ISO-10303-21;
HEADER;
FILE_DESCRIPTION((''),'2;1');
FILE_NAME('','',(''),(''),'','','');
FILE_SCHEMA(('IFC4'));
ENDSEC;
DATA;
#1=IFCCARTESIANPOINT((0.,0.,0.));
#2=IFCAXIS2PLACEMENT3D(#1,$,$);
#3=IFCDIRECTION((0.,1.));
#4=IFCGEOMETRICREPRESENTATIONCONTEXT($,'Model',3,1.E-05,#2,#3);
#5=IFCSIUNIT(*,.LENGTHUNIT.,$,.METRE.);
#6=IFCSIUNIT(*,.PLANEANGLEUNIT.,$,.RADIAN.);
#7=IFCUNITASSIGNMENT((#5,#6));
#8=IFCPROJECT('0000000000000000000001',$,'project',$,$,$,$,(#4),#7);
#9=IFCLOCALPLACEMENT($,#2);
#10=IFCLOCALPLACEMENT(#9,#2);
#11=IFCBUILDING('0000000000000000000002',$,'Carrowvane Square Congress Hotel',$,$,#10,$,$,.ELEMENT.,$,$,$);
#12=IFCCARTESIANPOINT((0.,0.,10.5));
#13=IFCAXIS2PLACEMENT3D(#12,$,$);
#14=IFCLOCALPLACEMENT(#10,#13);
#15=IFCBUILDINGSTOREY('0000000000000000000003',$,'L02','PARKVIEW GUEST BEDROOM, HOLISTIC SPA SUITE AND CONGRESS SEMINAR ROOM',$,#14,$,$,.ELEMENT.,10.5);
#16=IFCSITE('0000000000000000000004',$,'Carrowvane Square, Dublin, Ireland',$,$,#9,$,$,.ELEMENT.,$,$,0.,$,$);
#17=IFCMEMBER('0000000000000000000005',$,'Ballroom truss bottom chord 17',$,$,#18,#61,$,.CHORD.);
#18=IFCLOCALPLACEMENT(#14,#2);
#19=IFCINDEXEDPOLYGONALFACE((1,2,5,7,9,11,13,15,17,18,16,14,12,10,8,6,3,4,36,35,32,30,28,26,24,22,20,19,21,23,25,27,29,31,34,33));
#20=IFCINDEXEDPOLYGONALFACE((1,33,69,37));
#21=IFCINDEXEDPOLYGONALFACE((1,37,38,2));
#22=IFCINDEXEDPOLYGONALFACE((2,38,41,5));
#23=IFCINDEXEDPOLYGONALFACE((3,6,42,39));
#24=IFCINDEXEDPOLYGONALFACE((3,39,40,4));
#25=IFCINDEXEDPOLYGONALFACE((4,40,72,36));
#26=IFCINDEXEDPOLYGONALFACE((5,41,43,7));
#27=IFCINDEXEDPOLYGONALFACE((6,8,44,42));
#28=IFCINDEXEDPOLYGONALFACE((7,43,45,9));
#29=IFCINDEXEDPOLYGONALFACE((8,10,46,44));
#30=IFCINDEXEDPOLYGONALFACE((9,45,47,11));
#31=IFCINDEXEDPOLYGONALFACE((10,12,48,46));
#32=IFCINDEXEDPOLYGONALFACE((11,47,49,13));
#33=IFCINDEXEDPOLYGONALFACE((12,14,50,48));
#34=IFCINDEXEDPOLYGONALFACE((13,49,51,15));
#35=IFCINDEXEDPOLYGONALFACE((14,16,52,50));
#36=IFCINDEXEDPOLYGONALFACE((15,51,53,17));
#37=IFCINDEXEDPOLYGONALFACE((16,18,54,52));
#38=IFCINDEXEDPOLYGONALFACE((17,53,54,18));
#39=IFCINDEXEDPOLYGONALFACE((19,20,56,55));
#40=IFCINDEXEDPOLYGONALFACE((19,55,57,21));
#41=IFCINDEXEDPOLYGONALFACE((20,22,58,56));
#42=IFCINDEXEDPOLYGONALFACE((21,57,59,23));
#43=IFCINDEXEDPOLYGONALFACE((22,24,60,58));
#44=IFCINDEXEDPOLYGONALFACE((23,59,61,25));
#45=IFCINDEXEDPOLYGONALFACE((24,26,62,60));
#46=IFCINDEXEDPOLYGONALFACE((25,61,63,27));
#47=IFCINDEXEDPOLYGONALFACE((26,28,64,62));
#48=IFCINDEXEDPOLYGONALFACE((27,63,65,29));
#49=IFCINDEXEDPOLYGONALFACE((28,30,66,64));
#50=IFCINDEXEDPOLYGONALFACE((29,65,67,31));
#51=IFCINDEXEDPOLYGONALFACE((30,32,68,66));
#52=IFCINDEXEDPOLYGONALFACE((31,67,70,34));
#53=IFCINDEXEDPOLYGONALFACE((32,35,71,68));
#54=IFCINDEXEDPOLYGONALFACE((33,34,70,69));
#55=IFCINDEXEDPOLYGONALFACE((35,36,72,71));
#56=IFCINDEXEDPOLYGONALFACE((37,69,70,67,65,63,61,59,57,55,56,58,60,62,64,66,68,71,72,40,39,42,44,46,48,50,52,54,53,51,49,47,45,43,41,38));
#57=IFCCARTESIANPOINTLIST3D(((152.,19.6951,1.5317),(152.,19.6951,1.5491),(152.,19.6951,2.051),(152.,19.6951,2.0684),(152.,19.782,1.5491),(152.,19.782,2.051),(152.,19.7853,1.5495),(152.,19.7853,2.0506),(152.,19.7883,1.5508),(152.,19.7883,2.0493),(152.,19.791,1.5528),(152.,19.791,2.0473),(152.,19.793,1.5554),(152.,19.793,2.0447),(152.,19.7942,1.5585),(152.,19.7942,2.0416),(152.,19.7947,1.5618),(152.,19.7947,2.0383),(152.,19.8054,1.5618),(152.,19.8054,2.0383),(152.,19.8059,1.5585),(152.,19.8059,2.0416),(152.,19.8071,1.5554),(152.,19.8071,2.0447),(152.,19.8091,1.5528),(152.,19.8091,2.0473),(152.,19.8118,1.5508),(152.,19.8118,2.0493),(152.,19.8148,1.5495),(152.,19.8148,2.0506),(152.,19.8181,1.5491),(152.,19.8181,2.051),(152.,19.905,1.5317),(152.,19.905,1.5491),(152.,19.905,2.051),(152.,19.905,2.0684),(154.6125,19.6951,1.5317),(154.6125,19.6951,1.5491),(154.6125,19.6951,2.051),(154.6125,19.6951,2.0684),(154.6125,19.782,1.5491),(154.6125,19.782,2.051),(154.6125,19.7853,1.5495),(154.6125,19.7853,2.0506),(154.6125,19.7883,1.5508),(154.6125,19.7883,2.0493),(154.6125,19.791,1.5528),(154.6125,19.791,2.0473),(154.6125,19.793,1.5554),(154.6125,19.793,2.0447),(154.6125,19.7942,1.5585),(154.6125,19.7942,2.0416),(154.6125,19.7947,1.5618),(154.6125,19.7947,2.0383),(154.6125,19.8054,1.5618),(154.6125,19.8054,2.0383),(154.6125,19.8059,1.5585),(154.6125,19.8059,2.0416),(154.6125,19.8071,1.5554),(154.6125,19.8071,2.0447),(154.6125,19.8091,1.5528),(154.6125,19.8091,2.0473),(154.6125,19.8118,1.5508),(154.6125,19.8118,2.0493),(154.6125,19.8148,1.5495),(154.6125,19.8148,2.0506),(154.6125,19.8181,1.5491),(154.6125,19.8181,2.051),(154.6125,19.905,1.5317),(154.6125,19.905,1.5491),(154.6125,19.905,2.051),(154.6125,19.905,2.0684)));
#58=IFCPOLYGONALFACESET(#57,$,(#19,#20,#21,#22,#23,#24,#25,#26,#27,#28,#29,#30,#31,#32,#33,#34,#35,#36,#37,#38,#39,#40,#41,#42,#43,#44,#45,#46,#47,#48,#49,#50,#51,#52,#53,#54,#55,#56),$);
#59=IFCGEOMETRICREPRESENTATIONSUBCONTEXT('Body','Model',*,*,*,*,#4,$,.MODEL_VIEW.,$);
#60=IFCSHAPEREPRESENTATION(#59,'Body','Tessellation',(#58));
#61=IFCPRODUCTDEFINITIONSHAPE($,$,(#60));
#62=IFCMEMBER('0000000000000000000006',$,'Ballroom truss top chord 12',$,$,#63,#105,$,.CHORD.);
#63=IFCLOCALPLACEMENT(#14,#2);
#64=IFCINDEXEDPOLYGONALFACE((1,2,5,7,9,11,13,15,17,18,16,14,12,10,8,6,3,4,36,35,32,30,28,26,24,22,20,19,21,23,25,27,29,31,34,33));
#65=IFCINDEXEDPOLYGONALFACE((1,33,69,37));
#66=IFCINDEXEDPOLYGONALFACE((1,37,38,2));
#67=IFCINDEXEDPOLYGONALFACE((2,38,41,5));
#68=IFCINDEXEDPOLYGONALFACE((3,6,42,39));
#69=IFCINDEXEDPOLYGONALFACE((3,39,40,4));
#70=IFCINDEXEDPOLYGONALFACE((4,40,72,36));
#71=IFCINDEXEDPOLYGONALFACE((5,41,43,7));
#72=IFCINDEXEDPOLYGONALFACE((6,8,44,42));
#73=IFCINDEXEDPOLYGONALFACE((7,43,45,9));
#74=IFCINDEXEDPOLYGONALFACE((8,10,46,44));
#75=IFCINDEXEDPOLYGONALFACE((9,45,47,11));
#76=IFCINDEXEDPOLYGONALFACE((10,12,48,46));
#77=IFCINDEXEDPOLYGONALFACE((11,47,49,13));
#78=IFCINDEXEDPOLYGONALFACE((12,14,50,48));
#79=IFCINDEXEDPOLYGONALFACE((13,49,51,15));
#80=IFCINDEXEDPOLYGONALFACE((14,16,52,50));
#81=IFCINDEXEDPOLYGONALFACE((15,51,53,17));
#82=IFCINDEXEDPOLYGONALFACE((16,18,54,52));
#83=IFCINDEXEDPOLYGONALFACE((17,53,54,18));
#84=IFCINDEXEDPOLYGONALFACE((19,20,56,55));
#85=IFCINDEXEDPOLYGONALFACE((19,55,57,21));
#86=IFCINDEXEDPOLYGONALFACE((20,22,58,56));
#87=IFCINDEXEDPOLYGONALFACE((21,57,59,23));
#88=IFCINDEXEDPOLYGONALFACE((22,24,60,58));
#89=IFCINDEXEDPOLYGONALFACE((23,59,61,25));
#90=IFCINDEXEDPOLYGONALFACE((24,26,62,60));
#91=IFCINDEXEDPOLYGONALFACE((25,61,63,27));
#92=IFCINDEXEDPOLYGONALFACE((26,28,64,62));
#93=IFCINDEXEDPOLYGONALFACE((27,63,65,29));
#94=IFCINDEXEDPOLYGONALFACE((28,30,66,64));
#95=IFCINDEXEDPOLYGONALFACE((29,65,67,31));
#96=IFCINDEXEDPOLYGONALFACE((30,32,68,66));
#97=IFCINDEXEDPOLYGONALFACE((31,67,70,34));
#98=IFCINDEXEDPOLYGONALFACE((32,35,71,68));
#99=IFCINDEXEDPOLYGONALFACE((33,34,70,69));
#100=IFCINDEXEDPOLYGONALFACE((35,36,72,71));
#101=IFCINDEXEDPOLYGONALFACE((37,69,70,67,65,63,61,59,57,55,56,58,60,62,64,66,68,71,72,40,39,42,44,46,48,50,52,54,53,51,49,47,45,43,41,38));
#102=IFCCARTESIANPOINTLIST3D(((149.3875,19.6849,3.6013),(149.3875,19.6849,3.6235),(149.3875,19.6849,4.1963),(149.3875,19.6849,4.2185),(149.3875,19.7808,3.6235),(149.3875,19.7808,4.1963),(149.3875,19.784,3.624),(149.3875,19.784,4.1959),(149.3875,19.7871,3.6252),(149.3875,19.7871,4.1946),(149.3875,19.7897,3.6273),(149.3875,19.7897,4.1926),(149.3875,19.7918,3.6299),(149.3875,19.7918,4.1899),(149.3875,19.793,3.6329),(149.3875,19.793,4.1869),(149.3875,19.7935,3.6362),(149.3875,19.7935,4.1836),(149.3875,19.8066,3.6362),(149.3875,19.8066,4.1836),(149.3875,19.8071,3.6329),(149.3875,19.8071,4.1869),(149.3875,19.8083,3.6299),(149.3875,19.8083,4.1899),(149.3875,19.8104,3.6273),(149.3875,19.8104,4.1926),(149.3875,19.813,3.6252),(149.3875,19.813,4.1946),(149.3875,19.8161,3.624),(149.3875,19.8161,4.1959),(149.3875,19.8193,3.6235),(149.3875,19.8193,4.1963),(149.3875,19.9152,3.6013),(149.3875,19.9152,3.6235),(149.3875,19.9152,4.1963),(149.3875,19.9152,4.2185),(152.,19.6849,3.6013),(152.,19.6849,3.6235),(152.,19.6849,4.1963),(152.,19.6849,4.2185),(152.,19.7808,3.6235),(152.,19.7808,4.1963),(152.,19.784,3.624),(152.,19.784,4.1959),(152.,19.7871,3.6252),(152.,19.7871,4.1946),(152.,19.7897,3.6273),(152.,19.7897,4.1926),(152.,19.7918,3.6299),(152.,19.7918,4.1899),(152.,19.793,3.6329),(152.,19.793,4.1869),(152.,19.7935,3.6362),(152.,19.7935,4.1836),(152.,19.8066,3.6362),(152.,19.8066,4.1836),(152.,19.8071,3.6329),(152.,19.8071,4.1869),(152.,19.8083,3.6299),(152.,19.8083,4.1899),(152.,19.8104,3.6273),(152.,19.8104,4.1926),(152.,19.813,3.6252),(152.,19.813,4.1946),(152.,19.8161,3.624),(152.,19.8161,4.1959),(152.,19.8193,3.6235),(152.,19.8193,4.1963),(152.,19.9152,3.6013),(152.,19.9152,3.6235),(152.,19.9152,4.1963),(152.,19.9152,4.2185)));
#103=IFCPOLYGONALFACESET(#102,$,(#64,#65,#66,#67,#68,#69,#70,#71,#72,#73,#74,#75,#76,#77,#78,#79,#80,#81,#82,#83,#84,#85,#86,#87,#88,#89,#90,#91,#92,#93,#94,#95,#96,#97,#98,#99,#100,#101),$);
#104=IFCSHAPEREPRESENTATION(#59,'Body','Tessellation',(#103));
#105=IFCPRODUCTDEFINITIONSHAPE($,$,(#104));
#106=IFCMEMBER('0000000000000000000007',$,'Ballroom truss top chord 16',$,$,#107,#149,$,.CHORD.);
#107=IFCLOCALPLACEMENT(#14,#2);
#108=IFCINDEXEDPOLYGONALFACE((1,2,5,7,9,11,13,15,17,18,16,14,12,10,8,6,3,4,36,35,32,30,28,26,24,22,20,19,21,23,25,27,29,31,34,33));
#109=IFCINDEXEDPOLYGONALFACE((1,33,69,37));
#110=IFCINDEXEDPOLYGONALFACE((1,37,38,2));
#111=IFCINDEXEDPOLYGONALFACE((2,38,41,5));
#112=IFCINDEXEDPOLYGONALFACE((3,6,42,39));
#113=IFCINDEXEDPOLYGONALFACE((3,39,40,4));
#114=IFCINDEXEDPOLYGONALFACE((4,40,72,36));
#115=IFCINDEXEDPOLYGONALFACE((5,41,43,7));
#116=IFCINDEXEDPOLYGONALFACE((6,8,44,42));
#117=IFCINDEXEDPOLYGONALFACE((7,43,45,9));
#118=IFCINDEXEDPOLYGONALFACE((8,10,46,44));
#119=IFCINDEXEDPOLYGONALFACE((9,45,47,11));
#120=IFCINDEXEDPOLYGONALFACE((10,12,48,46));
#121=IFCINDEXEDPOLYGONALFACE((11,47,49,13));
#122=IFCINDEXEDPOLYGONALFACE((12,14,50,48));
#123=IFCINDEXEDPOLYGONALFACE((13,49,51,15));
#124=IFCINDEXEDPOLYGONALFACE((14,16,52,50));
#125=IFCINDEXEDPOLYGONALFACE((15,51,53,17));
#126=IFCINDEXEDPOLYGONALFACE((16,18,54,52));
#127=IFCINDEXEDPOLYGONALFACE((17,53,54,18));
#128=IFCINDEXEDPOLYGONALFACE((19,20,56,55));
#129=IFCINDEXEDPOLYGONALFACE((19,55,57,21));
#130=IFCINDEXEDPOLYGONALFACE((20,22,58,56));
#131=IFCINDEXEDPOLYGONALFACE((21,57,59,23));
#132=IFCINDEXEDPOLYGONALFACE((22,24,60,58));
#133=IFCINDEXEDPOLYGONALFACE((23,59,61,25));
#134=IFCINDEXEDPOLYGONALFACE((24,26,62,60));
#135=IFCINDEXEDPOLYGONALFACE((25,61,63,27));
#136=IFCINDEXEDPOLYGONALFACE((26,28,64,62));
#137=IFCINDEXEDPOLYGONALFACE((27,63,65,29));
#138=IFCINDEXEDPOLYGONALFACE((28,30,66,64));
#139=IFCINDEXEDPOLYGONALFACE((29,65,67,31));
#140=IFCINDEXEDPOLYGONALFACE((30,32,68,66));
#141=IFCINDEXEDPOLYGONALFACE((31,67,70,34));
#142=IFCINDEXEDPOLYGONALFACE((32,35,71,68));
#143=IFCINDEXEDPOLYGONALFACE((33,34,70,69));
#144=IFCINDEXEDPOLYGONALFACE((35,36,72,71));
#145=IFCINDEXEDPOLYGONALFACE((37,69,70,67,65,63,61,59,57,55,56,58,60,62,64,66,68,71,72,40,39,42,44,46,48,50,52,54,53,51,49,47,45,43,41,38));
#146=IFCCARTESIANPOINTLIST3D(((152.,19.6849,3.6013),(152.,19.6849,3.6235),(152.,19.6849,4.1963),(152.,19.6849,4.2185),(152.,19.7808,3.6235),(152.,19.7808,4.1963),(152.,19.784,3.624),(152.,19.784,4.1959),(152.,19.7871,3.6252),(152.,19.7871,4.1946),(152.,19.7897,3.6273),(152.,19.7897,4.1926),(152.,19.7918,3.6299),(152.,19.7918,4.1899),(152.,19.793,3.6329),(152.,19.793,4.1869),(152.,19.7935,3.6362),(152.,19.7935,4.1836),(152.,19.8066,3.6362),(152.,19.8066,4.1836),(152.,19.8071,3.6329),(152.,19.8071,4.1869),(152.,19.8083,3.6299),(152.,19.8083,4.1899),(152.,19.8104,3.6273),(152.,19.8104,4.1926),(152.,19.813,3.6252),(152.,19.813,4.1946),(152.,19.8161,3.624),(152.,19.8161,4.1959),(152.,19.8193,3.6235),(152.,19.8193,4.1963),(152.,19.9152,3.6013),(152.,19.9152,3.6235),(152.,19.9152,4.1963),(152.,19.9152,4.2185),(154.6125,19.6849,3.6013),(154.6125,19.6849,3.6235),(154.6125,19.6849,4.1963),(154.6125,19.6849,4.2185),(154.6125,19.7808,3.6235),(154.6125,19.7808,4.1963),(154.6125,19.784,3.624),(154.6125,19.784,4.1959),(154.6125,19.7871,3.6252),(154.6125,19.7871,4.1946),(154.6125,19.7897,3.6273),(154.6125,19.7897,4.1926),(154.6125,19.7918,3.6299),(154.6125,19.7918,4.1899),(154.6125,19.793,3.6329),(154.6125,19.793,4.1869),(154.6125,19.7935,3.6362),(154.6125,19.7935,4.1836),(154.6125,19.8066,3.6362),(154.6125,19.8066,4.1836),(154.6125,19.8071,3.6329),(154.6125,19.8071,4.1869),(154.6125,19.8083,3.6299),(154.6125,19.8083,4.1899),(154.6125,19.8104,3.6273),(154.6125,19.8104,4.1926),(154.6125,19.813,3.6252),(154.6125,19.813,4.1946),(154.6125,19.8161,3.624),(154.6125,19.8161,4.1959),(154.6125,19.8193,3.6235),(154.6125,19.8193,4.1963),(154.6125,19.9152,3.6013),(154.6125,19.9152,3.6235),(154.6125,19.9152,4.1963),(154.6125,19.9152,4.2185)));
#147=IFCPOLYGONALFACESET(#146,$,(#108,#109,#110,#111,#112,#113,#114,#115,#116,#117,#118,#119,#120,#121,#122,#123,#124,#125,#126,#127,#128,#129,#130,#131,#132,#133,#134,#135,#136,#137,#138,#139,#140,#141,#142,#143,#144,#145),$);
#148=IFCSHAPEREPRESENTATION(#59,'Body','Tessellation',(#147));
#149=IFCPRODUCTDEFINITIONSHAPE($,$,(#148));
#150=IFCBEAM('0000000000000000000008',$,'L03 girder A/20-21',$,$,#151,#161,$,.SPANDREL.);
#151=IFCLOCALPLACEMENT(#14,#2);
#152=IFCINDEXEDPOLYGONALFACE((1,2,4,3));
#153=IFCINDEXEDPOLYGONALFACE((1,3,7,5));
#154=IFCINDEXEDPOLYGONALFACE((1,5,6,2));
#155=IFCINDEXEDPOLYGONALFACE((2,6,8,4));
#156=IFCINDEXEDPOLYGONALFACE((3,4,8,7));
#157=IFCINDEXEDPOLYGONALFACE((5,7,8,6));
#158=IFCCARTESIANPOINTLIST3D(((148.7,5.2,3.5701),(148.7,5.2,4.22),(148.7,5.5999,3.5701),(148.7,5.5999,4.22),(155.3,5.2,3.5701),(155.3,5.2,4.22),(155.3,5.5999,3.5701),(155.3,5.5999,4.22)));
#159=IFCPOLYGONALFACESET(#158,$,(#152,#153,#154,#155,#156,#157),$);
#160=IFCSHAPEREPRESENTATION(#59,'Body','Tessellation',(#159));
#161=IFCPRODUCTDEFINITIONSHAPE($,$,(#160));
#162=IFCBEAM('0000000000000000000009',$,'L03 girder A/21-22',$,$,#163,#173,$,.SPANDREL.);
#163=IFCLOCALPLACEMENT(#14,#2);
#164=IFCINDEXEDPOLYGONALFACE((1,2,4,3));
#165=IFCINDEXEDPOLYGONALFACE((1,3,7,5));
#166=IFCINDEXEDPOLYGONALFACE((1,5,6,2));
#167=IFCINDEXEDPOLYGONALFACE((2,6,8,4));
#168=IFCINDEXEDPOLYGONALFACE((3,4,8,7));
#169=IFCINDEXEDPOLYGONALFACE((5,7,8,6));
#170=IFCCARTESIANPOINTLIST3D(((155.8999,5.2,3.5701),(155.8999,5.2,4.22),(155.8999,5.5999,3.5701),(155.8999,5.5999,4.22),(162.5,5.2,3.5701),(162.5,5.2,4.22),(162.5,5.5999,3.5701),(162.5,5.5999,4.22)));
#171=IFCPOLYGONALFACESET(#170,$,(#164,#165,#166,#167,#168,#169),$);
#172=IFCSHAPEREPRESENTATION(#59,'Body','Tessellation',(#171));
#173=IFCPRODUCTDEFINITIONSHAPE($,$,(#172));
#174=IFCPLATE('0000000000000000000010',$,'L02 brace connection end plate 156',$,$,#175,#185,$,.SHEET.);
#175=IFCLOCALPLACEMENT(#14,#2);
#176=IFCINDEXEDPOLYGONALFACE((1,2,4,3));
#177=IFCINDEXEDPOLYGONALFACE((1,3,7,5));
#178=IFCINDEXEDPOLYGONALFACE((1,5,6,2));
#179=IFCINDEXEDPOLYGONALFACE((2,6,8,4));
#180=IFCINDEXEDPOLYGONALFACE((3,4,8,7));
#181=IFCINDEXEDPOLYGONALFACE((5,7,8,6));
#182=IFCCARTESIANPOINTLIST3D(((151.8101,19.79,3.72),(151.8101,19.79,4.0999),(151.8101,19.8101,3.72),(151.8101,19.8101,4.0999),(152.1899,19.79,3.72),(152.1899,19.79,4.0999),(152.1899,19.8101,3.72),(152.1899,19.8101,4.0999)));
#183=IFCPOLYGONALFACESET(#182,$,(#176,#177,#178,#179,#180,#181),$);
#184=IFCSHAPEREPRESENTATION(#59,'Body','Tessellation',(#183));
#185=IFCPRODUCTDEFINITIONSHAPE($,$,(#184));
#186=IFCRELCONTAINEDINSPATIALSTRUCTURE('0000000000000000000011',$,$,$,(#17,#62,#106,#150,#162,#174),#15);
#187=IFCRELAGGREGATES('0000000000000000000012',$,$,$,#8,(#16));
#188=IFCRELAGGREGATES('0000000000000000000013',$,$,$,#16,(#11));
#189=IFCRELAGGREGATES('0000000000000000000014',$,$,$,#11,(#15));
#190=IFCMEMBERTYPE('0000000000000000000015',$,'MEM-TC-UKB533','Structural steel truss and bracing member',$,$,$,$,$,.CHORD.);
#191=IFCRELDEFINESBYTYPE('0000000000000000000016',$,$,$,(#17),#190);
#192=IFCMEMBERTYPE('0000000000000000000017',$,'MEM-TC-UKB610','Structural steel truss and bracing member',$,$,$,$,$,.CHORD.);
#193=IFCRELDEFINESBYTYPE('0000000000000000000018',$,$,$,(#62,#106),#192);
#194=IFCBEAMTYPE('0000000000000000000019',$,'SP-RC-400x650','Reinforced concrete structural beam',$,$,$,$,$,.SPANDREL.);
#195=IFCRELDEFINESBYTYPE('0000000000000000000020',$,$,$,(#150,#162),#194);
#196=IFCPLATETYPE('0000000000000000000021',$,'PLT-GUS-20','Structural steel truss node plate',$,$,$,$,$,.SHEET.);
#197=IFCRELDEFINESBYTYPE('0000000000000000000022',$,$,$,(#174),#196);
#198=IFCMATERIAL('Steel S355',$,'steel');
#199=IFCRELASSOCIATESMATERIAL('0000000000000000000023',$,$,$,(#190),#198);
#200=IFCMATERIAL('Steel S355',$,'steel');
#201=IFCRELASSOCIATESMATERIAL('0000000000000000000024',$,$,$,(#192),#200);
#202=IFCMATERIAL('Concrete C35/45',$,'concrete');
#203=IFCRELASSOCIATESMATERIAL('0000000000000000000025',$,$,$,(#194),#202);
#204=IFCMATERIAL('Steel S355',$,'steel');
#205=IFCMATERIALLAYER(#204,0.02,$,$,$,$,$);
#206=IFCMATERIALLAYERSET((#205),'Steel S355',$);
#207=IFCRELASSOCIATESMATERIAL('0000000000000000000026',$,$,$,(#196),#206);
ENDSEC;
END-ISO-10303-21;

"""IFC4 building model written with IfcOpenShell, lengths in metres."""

from ifc_helpers import new_model, si_unit, direction, frame, origin, origin_2d, place, context, subcontext, project, spatial, rectangle, i_section, extrude, material, layer, layer_set, material_profile, profile_set, type_object, element, save


model = new_model("IFC4")

# Units and contexts
model_context = context("Model", 3, precision=1e-05, world=origin(), true_north=direction((0.0, 1.0)))
body_context = subcontext(model_context, "Body", "Model", "MODEL_VIEW")
ifc_project = project(units=[si_unit("LENGTHUNIT", "METRE"), si_unit("PLANEANGLEUNIT", "RADIAN")], contexts=[model_context])

# Site, building, storey
site_placement = place(None, origin())
site = spatial("IfcSite", under=ifc_project, at=site_placement, Name="Carrowvane Square, Dublin, Ireland", CompositionType="ELEMENT", RefElevation=0.0)
building_placement = place(site_placement, origin())
building = spatial("IfcBuilding", under=site, at=building_placement, Name="Carrowvane Square Congress Hotel", CompositionType="ELEMENT")
storey_placement = place(building_placement, frame((0.0, 0.0, 10.5)))
storey = spatial("IfcBuildingStorey", under=building, at=storey_placement, Name="L02", Description="PARKVIEW GUEST BEDROOM, HOLISTIC SPA SUITE AND CONGRESS SEMINAR ROOM", CompositionType="ELEMENT", Elevation=10.5)

# Members
ifc_material_1 = material(Name="Steel S355", Category="steel")
ifc_material_profile_1 = material_profile(ifc_material_1, i_section(OverallWidth=0.21, OverallDepth=0.5366, WebThickness=0.0107, FlangeThickness=0.0173, FilletRadius=0.0127, at=origin_2d()), Name="UKB 533x210x101")
ifc_profile_set_1 = profile_set([ifc_material_profile_1], Name="Steel S355")
member_type_1 = type_object("IfcMemberType", Name="MEM-TC-UKB533", Description="Structural steel truss and bracing member", PredefinedType="CHORD", material=ifc_profile_set_1)
for number, where, z_axis, x_axis, name in (
    (1, (152.0, 19.8, 1.8), (1.0, 0.0, 0.0), (0.0, 1.0, 0.0), "Ballroom truss bottom chord 17"),
):
    element("IfcMember", number, at=place(storey_placement, frame(where, z_axis=z_axis, x_axis=x_axis)), inside=storey, type_object=member_type_1, Name=name, PredefinedType="CHORD", context=body_context, shape_type="SweptSolid", body=[
        extrude(i_section(OverallWidth=0.21, OverallDepth=0.5366, WebThickness=0.0107, FlangeThickness=0.0173, FilletRadius=0.0127, at=origin_2d()), origin(), (0.0, 0.0, 1.0), 2.6125),
    ])
ifc_material_2 = material(Name="Steel S355", Category="steel")
ifc_material_profile_2 = material_profile(ifc_material_2, i_section(OverallWidth=0.2302, OverallDepth=0.6172, WebThickness=0.0132, FlangeThickness=0.0222, FilletRadius=0.0127, at=origin_2d()), Name="UKB 610x229x140")
ifc_profile_set_2 = profile_set([ifc_material_profile_2], Name="Steel S355")
member_type_2 = type_object("IfcMemberType", Name="MEM-TC-UKB610", Description="Structural steel truss and bracing member", PredefinedType="CHORD", material=ifc_profile_set_2)
for number, where, z_axis, x_axis, name in (
    (2, (149.3875, 19.8, 3.9099), (1.0, 0.0, 0.0), (0.0, 1.0, 0.0), "Ballroom truss top chord 12"),
    (3, (152.0, 19.8, 3.9099), (1.0, 0.0, 0.0), (0.0, 1.0, 0.0), "Ballroom truss top chord 16"),
):
    element("IfcMember", number, at=place(storey_placement, frame(where, z_axis=z_axis, x_axis=x_axis)), inside=storey, type_object=member_type_2, Name=name, PredefinedType="CHORD", context=body_context, shape_type="SweptSolid", body=[
        extrude(i_section(OverallWidth=0.2302, OverallDepth=0.6172, WebThickness=0.0132, FlangeThickness=0.0222, FilletRadius=0.0127, at=origin_2d()), origin(), (0.0, 0.0, 1.0), 2.6125),
    ])

# Beams
ifc_material_3 = material(Name="Concrete C35/45", Category="concrete")
ifc_material_profile_3 = material_profile(ifc_material_3, rectangle(XDim=0.3999, YDim=0.6499, at=origin_2d()), Name="RC 400x650")
ifc_profile_set_3 = profile_set([ifc_material_profile_3], Name="Concrete C35/45")
beam_type_1 = type_object("IfcBeamType", Name="SP-RC-400x650", Description="Reinforced concrete structural beam", PredefinedType="SPANDREL", material=ifc_profile_set_3)
for number, where, z_axis, x_axis, name in (
    (4, (148.7, 5.3999, 3.895), (1.0, 0.0, 0.0), (0.0, 1.0, 0.0), "L03 girder A/20-21"),
    (5, (155.8999, 5.3999, 3.895), (1.0, 0.0, 0.0), (0.0, 1.0, 0.0), "L03 girder A/21-22"),
):
    element("IfcBeam", number, at=place(storey_placement, frame(where, z_axis=z_axis, x_axis=x_axis)), inside=storey, type_object=beam_type_1, Name=name, PredefinedType="SPANDREL", context=body_context, shape_type="SweptSolid", body=[
        extrude(rectangle(XDim=0.3999, YDim=0.6499, at=origin_2d()), origin(), (0.0, 0.0, 1.0), 6.6001),
    ])

# Plate
ifc_material_4 = material(Name="Steel S355", Category="steel")
ifc_layer_1 = layer(ifc_material_4, 0.02)
ifc_layer_set_1 = layer_set([ifc_layer_1], Name="Steel S355")
plate_type_1 = type_object("IfcPlateType", Name="PLT-GUS-20", Description="Structural steel truss node plate", PredefinedType="SHEET", material=ifc_layer_set_1)
plate_1_placement = place(storey_placement, frame((152.0, 19.8, 3.72), z_axis=(0.0, 0.0, 1.0), x_axis=(1.0, 0.0, 0.0)))
element("IfcPlate", 6, at=plate_1_placement, inside=storey, type_object=plate_type_1, Name="L02 brace connection end plate 156", PredefinedType="SHEET", context=body_context, shape_type="SweptSolid", body=[
    extrude(rectangle(XDim=0.3799, YDim=0.02, at=origin_2d()), origin(), (0.0, 0.0, 1.0), 0.3799),
])

save(model, "model.ifc")
